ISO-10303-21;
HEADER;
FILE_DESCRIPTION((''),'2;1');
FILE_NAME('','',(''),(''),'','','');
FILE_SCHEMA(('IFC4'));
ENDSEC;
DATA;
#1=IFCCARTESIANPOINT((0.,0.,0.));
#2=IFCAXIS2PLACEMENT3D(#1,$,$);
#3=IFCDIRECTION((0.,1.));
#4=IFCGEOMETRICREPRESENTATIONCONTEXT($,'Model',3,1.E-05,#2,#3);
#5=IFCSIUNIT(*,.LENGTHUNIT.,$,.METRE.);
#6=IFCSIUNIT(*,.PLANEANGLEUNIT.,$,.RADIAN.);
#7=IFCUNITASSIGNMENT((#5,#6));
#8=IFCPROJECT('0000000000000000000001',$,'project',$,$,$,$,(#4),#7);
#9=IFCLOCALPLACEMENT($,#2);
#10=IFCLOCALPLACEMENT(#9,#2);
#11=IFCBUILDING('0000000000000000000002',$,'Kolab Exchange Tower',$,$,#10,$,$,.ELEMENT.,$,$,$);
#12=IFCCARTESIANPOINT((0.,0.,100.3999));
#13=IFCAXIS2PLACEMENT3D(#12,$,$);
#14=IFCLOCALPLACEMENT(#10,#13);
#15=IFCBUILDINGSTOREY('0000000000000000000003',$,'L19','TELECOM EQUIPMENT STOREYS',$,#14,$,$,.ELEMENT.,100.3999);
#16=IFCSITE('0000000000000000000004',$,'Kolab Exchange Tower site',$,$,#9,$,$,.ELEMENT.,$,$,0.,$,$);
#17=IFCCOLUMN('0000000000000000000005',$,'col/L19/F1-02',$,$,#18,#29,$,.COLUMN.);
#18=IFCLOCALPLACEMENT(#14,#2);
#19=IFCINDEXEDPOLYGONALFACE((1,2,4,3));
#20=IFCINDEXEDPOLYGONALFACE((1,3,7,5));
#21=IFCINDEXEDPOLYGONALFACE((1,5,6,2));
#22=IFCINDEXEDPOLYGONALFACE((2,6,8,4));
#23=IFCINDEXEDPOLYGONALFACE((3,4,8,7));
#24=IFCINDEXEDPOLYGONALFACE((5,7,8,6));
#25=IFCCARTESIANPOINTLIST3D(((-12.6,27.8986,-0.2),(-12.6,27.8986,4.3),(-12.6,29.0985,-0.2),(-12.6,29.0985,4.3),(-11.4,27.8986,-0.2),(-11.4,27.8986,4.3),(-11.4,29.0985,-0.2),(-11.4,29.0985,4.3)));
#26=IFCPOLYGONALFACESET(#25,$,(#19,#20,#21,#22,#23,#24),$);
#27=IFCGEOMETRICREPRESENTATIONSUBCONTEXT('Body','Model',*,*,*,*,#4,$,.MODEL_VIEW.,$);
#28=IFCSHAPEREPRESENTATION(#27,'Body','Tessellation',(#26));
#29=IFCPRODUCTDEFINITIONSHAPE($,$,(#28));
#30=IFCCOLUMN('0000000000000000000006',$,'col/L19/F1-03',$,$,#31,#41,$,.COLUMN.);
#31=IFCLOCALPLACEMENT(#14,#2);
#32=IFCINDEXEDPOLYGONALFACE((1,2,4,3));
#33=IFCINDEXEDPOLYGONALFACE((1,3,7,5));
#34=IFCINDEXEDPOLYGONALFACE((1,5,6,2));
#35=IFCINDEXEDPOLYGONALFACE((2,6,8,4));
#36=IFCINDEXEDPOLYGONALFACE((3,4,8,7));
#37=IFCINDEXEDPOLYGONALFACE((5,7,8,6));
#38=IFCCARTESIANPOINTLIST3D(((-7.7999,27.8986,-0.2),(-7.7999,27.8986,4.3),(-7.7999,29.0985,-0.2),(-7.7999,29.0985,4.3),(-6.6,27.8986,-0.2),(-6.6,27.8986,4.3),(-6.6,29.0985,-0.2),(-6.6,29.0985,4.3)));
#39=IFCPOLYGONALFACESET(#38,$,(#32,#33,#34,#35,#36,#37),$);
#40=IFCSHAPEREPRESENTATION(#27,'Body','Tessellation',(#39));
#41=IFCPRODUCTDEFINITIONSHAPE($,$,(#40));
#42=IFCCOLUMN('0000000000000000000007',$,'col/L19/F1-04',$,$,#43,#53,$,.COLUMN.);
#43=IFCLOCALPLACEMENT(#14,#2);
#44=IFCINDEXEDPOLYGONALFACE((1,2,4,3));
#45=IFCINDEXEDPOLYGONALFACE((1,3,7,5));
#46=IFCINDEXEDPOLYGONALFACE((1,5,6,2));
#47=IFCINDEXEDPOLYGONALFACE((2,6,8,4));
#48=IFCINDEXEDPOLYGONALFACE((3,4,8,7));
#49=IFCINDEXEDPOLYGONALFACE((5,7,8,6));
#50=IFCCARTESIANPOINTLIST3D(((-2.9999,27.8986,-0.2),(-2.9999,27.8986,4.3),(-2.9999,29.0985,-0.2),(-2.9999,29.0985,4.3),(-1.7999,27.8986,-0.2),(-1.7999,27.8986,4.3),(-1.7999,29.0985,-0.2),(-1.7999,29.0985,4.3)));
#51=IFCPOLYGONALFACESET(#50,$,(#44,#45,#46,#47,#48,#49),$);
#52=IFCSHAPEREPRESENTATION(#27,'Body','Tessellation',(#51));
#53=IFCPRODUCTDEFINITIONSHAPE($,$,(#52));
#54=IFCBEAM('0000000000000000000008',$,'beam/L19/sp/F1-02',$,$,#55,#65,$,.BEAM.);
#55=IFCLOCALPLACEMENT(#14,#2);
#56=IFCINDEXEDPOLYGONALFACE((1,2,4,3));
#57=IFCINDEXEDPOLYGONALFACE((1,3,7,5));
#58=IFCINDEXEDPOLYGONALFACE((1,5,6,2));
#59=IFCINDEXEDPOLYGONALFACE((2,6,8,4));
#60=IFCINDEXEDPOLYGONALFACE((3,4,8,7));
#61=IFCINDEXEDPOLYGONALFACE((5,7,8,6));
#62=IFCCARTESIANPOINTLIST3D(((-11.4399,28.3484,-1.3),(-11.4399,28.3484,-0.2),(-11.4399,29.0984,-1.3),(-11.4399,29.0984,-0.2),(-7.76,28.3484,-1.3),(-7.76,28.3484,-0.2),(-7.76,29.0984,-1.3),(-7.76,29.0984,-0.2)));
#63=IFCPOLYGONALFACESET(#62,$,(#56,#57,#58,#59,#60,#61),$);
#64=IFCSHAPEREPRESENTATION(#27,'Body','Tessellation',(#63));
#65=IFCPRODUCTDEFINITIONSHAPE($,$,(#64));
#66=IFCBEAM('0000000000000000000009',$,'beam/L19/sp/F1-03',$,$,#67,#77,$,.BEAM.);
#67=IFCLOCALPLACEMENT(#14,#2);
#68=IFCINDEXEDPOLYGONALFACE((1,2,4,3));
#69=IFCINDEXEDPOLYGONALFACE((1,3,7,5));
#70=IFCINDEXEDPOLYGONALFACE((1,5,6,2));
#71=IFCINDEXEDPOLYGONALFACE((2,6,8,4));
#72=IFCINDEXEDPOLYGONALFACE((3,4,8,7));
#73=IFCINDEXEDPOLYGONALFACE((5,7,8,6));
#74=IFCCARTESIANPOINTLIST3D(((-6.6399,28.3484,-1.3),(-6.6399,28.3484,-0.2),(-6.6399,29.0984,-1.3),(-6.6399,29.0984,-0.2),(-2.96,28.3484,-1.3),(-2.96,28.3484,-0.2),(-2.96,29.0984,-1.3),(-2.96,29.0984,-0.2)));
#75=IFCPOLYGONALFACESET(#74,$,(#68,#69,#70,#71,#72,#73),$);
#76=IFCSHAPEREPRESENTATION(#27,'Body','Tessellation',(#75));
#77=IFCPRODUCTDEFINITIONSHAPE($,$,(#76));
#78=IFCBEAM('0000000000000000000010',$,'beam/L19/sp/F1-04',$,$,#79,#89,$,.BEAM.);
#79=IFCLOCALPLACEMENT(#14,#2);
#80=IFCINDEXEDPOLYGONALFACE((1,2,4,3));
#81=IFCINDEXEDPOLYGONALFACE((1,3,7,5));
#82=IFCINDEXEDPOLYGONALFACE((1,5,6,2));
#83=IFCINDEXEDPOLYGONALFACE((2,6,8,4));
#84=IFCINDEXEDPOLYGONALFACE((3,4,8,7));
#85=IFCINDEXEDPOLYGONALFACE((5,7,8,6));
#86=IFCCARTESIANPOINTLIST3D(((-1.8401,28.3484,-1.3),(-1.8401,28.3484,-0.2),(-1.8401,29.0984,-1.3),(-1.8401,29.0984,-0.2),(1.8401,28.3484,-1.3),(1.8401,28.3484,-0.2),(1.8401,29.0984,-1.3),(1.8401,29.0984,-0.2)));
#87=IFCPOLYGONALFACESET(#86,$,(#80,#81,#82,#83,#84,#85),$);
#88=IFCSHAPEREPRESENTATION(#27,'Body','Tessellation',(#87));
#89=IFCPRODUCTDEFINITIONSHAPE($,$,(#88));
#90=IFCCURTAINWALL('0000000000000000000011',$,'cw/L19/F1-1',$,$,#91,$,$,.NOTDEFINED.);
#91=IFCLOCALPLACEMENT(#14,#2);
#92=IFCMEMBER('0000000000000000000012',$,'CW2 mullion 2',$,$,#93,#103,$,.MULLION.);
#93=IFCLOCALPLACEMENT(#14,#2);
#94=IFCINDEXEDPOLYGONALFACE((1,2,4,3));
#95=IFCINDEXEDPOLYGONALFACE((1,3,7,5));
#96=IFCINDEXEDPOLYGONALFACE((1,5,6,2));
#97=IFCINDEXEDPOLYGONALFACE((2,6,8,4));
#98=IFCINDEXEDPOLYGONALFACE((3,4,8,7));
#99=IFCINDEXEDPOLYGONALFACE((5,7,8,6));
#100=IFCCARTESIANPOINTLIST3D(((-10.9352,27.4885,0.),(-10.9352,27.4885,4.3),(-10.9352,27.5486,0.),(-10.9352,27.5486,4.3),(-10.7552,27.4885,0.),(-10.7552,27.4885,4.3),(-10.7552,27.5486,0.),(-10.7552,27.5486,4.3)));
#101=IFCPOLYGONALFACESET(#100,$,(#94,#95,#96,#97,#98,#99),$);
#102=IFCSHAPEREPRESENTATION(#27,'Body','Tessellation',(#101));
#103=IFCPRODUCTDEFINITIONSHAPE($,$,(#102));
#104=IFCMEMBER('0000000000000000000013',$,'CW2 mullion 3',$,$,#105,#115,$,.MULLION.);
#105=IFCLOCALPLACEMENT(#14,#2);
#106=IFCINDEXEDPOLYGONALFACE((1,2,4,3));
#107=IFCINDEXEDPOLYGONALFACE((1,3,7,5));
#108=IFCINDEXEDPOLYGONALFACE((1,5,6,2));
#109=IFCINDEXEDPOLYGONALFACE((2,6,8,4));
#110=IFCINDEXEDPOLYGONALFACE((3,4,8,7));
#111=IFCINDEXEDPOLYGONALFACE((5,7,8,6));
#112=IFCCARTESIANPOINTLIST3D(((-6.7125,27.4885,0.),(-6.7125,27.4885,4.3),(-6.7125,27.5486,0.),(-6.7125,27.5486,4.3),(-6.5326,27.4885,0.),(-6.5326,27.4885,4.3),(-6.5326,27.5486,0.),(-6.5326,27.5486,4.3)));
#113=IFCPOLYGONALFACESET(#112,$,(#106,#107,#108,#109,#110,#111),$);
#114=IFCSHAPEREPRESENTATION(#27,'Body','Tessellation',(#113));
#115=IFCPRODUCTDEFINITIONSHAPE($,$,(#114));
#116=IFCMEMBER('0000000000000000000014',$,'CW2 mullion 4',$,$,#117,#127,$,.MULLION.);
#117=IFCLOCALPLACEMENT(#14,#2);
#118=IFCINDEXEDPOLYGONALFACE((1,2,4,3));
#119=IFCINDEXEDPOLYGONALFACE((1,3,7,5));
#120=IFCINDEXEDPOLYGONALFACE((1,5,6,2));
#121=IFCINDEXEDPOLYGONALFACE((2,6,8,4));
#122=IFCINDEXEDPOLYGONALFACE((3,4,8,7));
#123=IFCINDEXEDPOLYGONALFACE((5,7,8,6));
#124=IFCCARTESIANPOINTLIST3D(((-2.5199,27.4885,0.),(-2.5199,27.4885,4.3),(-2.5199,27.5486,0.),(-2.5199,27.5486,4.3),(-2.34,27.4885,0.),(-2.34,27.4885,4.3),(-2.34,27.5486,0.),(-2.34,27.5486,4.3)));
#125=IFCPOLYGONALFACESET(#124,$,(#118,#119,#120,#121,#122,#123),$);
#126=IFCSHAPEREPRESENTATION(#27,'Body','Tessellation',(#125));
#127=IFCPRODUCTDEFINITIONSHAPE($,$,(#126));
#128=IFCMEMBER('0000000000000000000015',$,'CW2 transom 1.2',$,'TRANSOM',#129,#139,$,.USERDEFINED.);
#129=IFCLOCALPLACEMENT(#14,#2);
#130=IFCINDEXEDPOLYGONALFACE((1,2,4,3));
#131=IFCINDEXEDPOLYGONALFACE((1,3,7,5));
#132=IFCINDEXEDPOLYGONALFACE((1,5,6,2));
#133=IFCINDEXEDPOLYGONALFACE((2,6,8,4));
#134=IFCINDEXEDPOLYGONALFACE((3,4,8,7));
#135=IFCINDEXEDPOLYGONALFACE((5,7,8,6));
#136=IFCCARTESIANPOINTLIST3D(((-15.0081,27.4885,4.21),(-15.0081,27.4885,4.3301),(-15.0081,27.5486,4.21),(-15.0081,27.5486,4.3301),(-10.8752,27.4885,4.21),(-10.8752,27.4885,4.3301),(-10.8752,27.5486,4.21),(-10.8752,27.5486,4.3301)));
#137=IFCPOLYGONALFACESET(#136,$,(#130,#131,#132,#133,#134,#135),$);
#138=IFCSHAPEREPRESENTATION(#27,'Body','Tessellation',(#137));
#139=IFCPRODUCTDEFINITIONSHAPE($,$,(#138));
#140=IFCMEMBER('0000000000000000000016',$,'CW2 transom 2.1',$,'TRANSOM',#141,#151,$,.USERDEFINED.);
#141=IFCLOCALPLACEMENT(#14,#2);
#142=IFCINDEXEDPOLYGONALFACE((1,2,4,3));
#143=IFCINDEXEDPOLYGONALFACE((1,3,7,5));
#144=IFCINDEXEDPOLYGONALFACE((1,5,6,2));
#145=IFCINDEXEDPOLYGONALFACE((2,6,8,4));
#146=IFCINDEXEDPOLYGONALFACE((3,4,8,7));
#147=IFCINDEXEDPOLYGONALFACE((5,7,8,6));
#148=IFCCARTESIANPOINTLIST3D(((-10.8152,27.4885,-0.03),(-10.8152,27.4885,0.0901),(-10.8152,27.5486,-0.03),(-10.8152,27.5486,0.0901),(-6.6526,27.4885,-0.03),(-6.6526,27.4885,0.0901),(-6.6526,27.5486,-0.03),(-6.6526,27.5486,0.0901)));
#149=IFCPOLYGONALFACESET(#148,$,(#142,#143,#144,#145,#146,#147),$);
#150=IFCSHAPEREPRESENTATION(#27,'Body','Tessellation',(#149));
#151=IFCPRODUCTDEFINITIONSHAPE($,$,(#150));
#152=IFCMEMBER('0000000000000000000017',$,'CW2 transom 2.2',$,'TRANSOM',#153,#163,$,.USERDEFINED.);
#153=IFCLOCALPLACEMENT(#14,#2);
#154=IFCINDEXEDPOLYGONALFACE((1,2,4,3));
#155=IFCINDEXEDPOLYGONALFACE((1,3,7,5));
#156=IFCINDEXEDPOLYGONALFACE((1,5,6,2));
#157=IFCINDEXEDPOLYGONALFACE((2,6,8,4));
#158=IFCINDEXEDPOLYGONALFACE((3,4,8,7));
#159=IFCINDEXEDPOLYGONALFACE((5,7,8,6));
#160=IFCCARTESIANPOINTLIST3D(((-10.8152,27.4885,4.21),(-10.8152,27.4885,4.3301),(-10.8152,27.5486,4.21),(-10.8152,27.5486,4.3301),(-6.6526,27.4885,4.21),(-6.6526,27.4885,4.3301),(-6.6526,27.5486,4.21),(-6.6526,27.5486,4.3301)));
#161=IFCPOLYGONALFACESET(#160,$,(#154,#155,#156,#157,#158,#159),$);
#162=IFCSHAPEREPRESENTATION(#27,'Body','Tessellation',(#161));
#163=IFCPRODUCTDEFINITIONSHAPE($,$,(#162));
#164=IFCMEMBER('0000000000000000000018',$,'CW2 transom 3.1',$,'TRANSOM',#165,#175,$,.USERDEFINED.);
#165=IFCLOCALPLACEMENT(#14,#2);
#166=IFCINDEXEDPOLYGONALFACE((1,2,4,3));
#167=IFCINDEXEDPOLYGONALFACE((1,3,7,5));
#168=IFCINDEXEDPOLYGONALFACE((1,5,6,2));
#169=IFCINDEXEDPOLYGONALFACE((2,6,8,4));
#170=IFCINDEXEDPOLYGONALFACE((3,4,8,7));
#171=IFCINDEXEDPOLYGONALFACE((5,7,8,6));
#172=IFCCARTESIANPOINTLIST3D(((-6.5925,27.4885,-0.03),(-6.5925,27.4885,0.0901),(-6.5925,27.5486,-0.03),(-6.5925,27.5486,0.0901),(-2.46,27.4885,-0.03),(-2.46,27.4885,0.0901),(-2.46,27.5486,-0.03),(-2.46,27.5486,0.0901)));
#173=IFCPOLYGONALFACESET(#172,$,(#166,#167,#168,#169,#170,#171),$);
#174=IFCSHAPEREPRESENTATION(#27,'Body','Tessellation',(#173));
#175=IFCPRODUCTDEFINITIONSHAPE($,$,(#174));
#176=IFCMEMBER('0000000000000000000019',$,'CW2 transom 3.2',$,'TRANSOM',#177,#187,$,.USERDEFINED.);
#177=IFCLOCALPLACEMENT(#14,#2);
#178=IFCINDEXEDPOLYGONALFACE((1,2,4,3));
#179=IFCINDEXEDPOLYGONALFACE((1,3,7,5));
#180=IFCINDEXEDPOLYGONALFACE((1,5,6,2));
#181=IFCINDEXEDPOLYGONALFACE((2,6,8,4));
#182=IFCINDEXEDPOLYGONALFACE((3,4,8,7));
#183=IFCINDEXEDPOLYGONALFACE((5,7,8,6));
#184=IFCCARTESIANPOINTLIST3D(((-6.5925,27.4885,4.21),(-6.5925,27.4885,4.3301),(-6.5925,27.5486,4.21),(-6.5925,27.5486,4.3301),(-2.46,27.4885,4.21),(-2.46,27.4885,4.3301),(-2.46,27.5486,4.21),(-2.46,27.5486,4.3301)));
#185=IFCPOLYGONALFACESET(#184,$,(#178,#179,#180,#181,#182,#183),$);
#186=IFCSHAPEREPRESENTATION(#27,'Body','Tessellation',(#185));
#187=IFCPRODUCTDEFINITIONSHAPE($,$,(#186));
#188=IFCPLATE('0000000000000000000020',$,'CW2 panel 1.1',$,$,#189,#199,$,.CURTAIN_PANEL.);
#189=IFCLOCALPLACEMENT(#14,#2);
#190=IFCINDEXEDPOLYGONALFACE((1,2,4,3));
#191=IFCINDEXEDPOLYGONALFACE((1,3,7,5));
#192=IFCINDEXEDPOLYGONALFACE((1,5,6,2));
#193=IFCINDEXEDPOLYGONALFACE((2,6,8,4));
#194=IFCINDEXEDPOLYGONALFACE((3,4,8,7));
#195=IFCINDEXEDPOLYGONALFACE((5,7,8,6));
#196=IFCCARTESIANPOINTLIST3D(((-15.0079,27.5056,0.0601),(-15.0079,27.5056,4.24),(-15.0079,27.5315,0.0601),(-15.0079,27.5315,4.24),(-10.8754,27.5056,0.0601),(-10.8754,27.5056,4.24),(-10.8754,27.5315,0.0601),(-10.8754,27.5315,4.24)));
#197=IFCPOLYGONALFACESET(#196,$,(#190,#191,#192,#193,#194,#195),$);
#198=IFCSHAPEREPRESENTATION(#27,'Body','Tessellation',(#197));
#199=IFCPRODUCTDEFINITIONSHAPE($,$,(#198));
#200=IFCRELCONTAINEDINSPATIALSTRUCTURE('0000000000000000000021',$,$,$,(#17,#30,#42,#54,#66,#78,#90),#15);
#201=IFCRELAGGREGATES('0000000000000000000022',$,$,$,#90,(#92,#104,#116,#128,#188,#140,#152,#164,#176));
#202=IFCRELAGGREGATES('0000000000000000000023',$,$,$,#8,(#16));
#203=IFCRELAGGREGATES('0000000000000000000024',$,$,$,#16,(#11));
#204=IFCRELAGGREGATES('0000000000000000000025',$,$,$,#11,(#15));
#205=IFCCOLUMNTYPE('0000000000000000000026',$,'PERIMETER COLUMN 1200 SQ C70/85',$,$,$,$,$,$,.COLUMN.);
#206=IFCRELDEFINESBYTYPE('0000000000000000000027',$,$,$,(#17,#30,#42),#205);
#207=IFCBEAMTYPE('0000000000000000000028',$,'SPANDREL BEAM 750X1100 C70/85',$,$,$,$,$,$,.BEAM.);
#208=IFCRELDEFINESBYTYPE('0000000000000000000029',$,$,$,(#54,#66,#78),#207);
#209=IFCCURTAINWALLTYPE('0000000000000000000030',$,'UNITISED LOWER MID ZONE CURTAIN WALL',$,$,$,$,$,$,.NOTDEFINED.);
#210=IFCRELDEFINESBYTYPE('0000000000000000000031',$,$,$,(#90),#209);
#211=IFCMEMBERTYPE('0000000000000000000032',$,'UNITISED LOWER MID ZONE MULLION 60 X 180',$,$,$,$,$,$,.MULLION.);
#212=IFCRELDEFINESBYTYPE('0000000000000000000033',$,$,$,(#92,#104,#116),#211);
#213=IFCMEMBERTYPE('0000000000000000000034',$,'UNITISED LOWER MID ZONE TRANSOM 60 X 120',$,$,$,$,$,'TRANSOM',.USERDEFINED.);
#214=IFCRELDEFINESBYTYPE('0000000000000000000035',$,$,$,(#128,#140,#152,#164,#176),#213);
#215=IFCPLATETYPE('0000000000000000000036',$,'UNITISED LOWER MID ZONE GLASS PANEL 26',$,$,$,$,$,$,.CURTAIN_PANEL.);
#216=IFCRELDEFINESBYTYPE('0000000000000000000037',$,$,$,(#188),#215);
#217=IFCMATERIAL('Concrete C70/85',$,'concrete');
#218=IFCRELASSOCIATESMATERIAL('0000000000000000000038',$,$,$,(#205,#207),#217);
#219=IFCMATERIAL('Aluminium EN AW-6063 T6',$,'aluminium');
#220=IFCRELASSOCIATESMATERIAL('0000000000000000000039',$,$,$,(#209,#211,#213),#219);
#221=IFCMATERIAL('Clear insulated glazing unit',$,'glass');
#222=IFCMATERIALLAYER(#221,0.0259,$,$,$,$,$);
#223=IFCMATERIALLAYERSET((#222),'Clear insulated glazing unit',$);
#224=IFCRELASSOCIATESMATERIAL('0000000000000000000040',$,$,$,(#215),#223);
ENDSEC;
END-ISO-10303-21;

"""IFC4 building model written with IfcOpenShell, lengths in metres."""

from ifc_helpers import new_model, si_unit, direction, frame, origin, origin_2d, place, context, subcontext, project, spatial, rectangle, extrude, material, layer, layer_set, material_profile, profile_set, type_object, element, aggregate, save


model = new_model("IFC4")

# Units and contexts
model_context = context("Model", 3, precision=1e-05, world=origin(), true_north=direction((0.0, 1.0)))
body_context = subcontext(model_context, "Body", "Model", "MODEL_VIEW")
ifc_project = project(units=[si_unit("LENGTHUNIT", "METRE"), si_unit("PLANEANGLEUNIT", "RADIAN")], contexts=[model_context])

# Site, building, storey
site_placement = place(None, origin())
site = spatial("IfcSite", under=ifc_project, at=site_placement, Name="Kolab Exchange Tower site", CompositionType="ELEMENT", RefElevation=0.0)
building_placement = place(site_placement, origin())
building = spatial("IfcBuilding", under=site, at=building_placement, Name="Kolab Exchange Tower", CompositionType="ELEMENT")
storey_placement = place(building_placement, frame((0.0, 0.0, 100.3999)))
storey = spatial("IfcBuildingStorey", under=building, at=storey_placement, Name="L19", Description="TELECOM EQUIPMENT STOREYS", CompositionType="ELEMENT", Elevation=100.3999)

# Columns
ifc_material_1 = material(Name="Concrete C70/85", Category="concrete")
ifc_material_profile_1 = material_profile(ifc_material_1, rectangle(XDim=1.2, YDim=1.2, at=origin_2d()), Name="RC1200")
ifc_profile_set_1 = profile_set([ifc_material_profile_1], Name="Concrete C70/85")
column_type = type_object("IfcColumnType", Name="PERIMETER COLUMN 1200 SQ C70/85", PredefinedType="COLUMN", material=ifc_profile_set_1)
for number, where, z_axis, x_axis, name in (
    (1, (-12.0, 28.4985, -0.2), (0.0, 0.0, 1.0), (1.0, 0.0, 0.0), "col/L19/F1-02"),
    (2, (-7.2, 28.4985, -0.2), (0.0, 0.0, 1.0), (1.0, 0.0, 0.0), "col/L19/F1-03"),
    (3, (-2.3999, 28.4985, -0.2), (0.0, 0.0, 1.0), (1.0, 0.0, 0.0), "col/L19/F1-04"),
):
    element("IfcColumn", number, at=place(storey_placement, frame(where, z_axis=z_axis, x_axis=x_axis)), inside=storey, type_object=column_type, Name=name, PredefinedType="COLUMN", context=body_context, shape_type="SweptSolid", body=[
        extrude(rectangle(XDim=1.2, YDim=1.2, at=origin_2d()), origin(), (0.0, 0.0, 1.0), 4.5),
    ])

# Beams
ifc_material_profile_2 = material_profile(ifc_material_1, rectangle(XDim=0.75, YDim=1.1001, at=origin_2d()), Name="RC750X1100")
ifc_profile_set_2 = profile_set([ifc_material_profile_2], Name="Concrete C70/85")
beam_type = type_object("IfcBeamType", Name="SPANDREL BEAM 750X1100 C70/85", PredefinedType="BEAM", material=ifc_profile_set_2)
for number, where, z_axis, x_axis, name in (
    (4, (-11.4399, 28.7234, -0.75), (1.0, 0.0, 0.0), (0.0, 1.0, 0.0), "beam/L19/sp/F1-02"),
    (5, (-6.6399, 28.7234, -0.75), (1.0, 0.0, 0.0), (0.0, 1.0, 0.0), "beam/L19/sp/F1-03"),
):
    element("IfcBeam", number, at=place(storey_placement, frame(where, z_axis=z_axis, x_axis=x_axis)), inside=storey, type_object=beam_type, Name=name, PredefinedType="BEAM", context=body_context, shape_type="SweptSolid", body=[
        extrude(rectangle(XDim=0.75, YDim=1.1001, at=origin_2d()), origin(), (0.0, 0.0, 1.0), 3.6799),
    ])
beam_placement = place(storey_placement, frame((-1.8401, 28.7234, -0.75), z_axis=(1.0, 0.0, 0.0), x_axis=(0.0, 1.0, 0.0)))
element("IfcBeam", 6, at=beam_placement, inside=storey, type_object=beam_type, Name="beam/L19/sp/F1-04", PredefinedType="BEAM", context=body_context, shape_type="SweptSolid", body=[
    extrude(rectangle(XDim=0.75, YDim=1.1001, at=origin_2d()), origin(), (0.0, 0.0, 1.0), 3.6802),
])

# Curtain wall, members, plate
ifc_material_2 = material(Name="Aluminium EN AW-6063 T6", Category="aluminium")
curtain_wall_type = type_object("IfcCurtainWallType", Name="UNITISED LOWER MID ZONE CURTAIN WALL", PredefinedType="NOTDEFINED", material=ifc_material_2)
curtain_wall_placement = place(storey_placement, origin())
curtain_wall = element("IfcCurtainWall", 7, at=curtain_wall_placement, inside=storey, type_object=curtain_wall_type, Name="cw/L19/F1-1", PredefinedType="NOTDEFINED")
ifc_material_profile_3 = material_profile(ifc_material_2, rectangle(XDim=0.0601, YDim=0.1799, at=origin_2d()), Name="RECT 60X180")
ifc_profile_set_3 = profile_set([ifc_material_profile_3], Name="Aluminium EN AW-6063 T6")
member_type_1 = type_object("IfcMemberType", Name="UNITISED LOWER MID ZONE MULLION 60 X 180", PredefinedType="MULLION", material=ifc_profile_set_3)
member_1_placement = place(storey_placement, frame((-10.8452, 27.5186, 0.0), z_axis=(0.0, 0.0, 1.0), x_axis=(0.0, 1.0, 0.0)))
member_1 = element("IfcMember", 8, at=member_1_placement, type_object=member_type_1, Name="CW2 mullion 2", PredefinedType="MULLION", context=body_context, shape_type="SweptSolid", body=[
    extrude(rectangle(XDim=0.0601, YDim=0.1799, at=origin_2d()), origin(), (0.0, 0.0, 1.0), 4.3),
])
member_2_placement = place(storey_placement, frame((-6.6226, 27.5186, 0.0), z_axis=(0.0, 0.0, 1.0), x_axis=(0.0, 1.0, 0.0)))
member_2 = element("IfcMember", 9, at=member_2_placement, type_object=member_type_1, Name="CW2 mullion 3", PredefinedType="MULLION", context=body_context, shape_type="SweptSolid", body=[
    extrude(rectangle(XDim=0.0601, YDim=0.1799, at=origin_2d()), origin(), (0.0, 0.0, 1.0), 4.3),
])
member_3_placement = place(storey_placement, frame((-2.4299, 27.5186, 0.0), z_axis=(0.0, 0.0, 1.0), x_axis=(0.0, 1.0, 0.0)))
member_3 = element("IfcMember", 10, at=member_3_placement, type_object=member_type_1, Name="CW2 mullion 4", PredefinedType="MULLION", context=body_context, shape_type="SweptSolid", body=[
    extrude(rectangle(XDim=0.0601, YDim=0.1799, at=origin_2d()), origin(), (0.0, 0.0, 1.0), 4.3),
])
ifc_material_profile_4 = material_profile(ifc_material_2, rectangle(XDim=0.0601, YDim=0.1201, at=origin_2d()), Name="RECT 60X120")
ifc_profile_set_4 = profile_set([ifc_material_profile_4], Name="Aluminium EN AW-6063 T6")
member_type_2 = type_object("IfcMemberType", Name="UNITISED LOWER MID ZONE TRANSOM 60 X 120", ElementType="TRANSOM", PredefinedType="USERDEFINED", material=ifc_profile_set_4)
member_4_placement = place(storey_placement, frame((-15.0081, 27.5186, 4.27), z_axis=(1.0, 0.0, 0.0), x_axis=(0.0, 1.0, 0.0)))
member_4 = element("IfcMember", 11, at=member_4_placement, type_object=member_type_2, Name="CW2 transom 1.2", ObjectType="TRANSOM", PredefinedType="USERDEFINED", context=body_context, shape_type="SweptSolid", body=[
    extrude(rectangle(XDim=0.0601, YDim=0.1201, at=origin_2d()), origin(), (0.0, 0.0, 1.0), 4.1328),
])
member_5_placement = place(storey_placement, frame((-10.8152, 27.5186, 0.03), z_axis=(1.0, 0.0, 0.0), x_axis=(0.0, 1.0, 0.0)))
member_5 = element("IfcMember", 12, at=member_5_placement, type_object=member_type_2, Name="CW2 transom 2.1", ObjectType="TRANSOM", PredefinedType="USERDEFINED", context=body_context, shape_type="SweptSolid", body=[
    extrude(rectangle(XDim=0.0601, YDim=0.1201, at=origin_2d()), origin(), (0.0, 0.0, 1.0), 4.1626),
])
member_6_placement = place(storey_placement, frame((-10.8152, 27.5186, 4.27), z_axis=(1.0, 0.0, 0.0), x_axis=(0.0, 1.0, 0.0)))
member_6 = element("IfcMember", 13, at=member_6_placement, type_object=member_type_2, Name="CW2 transom 2.2", ObjectType="TRANSOM", PredefinedType="USERDEFINED", context=body_context, shape_type="SweptSolid", body=[
    extrude(rectangle(XDim=0.0601, YDim=0.1201, at=origin_2d()), origin(), (0.0, 0.0, 1.0), 4.1626),
])
member_7_placement = place(storey_placement, frame((-6.5925, 27.5186, 0.03), z_axis=(1.0, 0.0, 0.0), x_axis=(0.0, 1.0, 0.0)))
member_7 = element("IfcMember", 14, at=member_7_placement, type_object=member_type_2, Name="CW2 transom 3.1", ObjectType="TRANSOM", PredefinedType="USERDEFINED", context=body_context, shape_type="SweptSolid", body=[
    extrude(rectangle(XDim=0.0601, YDim=0.1201, at=origin_2d()), origin(), (0.0, 0.0, 1.0), 4.1326),
])
member_8_placement = place(storey_placement, frame((-6.5925, 27.5186, 4.27), z_axis=(1.0, 0.0, 0.0), x_axis=(0.0, 1.0, 0.0)))
member_8 = element("IfcMember", 15, at=member_8_placement, type_object=member_type_2, Name="CW2 transom 3.2", ObjectType="TRANSOM", PredefinedType="USERDEFINED", context=body_context, shape_type="SweptSolid", body=[
    extrude(rectangle(XDim=0.0601, YDim=0.1201, at=origin_2d()), origin(), (0.0, 0.0, 1.0), 4.1326),
])
ifc_material_3 = material(Name="Clear insulated glazing unit", Category="glass")
ifc_layer_1 = layer(ifc_material_3, 0.0259)
ifc_layer_set_1 = layer_set([ifc_layer_1], Name="Clear insulated glazing unit")
plate_type = type_object("IfcPlateType", Name="UNITISED LOWER MID ZONE GLASS PANEL 26", PredefinedType="CURTAIN_PANEL", material=ifc_layer_set_1)
plate_1_placement = place(storey_placement, frame((-12.9417, 27.5186, 0.0601), z_axis=(0.0, 0.0, 1.0), x_axis=(1.0, 0.0, 0.0)))
plate_1 = element("IfcPlate", 16, at=plate_1_placement, type_object=plate_type, Name="CW2 panel 1.1", PredefinedType="CURTAIN_PANEL", context=body_context, shape_type="SweptSolid", body=[
    extrude(rectangle(XDim=4.1326, YDim=0.0259, at=origin_2d()), origin(), (0.0, 0.0, 1.0), 4.1799),
])
aggregate(curtain_wall, [member_1, member_2, member_3, member_4, plate_1, member_5, member_6, member_7, member_8])

save(model, "model.ifc")
